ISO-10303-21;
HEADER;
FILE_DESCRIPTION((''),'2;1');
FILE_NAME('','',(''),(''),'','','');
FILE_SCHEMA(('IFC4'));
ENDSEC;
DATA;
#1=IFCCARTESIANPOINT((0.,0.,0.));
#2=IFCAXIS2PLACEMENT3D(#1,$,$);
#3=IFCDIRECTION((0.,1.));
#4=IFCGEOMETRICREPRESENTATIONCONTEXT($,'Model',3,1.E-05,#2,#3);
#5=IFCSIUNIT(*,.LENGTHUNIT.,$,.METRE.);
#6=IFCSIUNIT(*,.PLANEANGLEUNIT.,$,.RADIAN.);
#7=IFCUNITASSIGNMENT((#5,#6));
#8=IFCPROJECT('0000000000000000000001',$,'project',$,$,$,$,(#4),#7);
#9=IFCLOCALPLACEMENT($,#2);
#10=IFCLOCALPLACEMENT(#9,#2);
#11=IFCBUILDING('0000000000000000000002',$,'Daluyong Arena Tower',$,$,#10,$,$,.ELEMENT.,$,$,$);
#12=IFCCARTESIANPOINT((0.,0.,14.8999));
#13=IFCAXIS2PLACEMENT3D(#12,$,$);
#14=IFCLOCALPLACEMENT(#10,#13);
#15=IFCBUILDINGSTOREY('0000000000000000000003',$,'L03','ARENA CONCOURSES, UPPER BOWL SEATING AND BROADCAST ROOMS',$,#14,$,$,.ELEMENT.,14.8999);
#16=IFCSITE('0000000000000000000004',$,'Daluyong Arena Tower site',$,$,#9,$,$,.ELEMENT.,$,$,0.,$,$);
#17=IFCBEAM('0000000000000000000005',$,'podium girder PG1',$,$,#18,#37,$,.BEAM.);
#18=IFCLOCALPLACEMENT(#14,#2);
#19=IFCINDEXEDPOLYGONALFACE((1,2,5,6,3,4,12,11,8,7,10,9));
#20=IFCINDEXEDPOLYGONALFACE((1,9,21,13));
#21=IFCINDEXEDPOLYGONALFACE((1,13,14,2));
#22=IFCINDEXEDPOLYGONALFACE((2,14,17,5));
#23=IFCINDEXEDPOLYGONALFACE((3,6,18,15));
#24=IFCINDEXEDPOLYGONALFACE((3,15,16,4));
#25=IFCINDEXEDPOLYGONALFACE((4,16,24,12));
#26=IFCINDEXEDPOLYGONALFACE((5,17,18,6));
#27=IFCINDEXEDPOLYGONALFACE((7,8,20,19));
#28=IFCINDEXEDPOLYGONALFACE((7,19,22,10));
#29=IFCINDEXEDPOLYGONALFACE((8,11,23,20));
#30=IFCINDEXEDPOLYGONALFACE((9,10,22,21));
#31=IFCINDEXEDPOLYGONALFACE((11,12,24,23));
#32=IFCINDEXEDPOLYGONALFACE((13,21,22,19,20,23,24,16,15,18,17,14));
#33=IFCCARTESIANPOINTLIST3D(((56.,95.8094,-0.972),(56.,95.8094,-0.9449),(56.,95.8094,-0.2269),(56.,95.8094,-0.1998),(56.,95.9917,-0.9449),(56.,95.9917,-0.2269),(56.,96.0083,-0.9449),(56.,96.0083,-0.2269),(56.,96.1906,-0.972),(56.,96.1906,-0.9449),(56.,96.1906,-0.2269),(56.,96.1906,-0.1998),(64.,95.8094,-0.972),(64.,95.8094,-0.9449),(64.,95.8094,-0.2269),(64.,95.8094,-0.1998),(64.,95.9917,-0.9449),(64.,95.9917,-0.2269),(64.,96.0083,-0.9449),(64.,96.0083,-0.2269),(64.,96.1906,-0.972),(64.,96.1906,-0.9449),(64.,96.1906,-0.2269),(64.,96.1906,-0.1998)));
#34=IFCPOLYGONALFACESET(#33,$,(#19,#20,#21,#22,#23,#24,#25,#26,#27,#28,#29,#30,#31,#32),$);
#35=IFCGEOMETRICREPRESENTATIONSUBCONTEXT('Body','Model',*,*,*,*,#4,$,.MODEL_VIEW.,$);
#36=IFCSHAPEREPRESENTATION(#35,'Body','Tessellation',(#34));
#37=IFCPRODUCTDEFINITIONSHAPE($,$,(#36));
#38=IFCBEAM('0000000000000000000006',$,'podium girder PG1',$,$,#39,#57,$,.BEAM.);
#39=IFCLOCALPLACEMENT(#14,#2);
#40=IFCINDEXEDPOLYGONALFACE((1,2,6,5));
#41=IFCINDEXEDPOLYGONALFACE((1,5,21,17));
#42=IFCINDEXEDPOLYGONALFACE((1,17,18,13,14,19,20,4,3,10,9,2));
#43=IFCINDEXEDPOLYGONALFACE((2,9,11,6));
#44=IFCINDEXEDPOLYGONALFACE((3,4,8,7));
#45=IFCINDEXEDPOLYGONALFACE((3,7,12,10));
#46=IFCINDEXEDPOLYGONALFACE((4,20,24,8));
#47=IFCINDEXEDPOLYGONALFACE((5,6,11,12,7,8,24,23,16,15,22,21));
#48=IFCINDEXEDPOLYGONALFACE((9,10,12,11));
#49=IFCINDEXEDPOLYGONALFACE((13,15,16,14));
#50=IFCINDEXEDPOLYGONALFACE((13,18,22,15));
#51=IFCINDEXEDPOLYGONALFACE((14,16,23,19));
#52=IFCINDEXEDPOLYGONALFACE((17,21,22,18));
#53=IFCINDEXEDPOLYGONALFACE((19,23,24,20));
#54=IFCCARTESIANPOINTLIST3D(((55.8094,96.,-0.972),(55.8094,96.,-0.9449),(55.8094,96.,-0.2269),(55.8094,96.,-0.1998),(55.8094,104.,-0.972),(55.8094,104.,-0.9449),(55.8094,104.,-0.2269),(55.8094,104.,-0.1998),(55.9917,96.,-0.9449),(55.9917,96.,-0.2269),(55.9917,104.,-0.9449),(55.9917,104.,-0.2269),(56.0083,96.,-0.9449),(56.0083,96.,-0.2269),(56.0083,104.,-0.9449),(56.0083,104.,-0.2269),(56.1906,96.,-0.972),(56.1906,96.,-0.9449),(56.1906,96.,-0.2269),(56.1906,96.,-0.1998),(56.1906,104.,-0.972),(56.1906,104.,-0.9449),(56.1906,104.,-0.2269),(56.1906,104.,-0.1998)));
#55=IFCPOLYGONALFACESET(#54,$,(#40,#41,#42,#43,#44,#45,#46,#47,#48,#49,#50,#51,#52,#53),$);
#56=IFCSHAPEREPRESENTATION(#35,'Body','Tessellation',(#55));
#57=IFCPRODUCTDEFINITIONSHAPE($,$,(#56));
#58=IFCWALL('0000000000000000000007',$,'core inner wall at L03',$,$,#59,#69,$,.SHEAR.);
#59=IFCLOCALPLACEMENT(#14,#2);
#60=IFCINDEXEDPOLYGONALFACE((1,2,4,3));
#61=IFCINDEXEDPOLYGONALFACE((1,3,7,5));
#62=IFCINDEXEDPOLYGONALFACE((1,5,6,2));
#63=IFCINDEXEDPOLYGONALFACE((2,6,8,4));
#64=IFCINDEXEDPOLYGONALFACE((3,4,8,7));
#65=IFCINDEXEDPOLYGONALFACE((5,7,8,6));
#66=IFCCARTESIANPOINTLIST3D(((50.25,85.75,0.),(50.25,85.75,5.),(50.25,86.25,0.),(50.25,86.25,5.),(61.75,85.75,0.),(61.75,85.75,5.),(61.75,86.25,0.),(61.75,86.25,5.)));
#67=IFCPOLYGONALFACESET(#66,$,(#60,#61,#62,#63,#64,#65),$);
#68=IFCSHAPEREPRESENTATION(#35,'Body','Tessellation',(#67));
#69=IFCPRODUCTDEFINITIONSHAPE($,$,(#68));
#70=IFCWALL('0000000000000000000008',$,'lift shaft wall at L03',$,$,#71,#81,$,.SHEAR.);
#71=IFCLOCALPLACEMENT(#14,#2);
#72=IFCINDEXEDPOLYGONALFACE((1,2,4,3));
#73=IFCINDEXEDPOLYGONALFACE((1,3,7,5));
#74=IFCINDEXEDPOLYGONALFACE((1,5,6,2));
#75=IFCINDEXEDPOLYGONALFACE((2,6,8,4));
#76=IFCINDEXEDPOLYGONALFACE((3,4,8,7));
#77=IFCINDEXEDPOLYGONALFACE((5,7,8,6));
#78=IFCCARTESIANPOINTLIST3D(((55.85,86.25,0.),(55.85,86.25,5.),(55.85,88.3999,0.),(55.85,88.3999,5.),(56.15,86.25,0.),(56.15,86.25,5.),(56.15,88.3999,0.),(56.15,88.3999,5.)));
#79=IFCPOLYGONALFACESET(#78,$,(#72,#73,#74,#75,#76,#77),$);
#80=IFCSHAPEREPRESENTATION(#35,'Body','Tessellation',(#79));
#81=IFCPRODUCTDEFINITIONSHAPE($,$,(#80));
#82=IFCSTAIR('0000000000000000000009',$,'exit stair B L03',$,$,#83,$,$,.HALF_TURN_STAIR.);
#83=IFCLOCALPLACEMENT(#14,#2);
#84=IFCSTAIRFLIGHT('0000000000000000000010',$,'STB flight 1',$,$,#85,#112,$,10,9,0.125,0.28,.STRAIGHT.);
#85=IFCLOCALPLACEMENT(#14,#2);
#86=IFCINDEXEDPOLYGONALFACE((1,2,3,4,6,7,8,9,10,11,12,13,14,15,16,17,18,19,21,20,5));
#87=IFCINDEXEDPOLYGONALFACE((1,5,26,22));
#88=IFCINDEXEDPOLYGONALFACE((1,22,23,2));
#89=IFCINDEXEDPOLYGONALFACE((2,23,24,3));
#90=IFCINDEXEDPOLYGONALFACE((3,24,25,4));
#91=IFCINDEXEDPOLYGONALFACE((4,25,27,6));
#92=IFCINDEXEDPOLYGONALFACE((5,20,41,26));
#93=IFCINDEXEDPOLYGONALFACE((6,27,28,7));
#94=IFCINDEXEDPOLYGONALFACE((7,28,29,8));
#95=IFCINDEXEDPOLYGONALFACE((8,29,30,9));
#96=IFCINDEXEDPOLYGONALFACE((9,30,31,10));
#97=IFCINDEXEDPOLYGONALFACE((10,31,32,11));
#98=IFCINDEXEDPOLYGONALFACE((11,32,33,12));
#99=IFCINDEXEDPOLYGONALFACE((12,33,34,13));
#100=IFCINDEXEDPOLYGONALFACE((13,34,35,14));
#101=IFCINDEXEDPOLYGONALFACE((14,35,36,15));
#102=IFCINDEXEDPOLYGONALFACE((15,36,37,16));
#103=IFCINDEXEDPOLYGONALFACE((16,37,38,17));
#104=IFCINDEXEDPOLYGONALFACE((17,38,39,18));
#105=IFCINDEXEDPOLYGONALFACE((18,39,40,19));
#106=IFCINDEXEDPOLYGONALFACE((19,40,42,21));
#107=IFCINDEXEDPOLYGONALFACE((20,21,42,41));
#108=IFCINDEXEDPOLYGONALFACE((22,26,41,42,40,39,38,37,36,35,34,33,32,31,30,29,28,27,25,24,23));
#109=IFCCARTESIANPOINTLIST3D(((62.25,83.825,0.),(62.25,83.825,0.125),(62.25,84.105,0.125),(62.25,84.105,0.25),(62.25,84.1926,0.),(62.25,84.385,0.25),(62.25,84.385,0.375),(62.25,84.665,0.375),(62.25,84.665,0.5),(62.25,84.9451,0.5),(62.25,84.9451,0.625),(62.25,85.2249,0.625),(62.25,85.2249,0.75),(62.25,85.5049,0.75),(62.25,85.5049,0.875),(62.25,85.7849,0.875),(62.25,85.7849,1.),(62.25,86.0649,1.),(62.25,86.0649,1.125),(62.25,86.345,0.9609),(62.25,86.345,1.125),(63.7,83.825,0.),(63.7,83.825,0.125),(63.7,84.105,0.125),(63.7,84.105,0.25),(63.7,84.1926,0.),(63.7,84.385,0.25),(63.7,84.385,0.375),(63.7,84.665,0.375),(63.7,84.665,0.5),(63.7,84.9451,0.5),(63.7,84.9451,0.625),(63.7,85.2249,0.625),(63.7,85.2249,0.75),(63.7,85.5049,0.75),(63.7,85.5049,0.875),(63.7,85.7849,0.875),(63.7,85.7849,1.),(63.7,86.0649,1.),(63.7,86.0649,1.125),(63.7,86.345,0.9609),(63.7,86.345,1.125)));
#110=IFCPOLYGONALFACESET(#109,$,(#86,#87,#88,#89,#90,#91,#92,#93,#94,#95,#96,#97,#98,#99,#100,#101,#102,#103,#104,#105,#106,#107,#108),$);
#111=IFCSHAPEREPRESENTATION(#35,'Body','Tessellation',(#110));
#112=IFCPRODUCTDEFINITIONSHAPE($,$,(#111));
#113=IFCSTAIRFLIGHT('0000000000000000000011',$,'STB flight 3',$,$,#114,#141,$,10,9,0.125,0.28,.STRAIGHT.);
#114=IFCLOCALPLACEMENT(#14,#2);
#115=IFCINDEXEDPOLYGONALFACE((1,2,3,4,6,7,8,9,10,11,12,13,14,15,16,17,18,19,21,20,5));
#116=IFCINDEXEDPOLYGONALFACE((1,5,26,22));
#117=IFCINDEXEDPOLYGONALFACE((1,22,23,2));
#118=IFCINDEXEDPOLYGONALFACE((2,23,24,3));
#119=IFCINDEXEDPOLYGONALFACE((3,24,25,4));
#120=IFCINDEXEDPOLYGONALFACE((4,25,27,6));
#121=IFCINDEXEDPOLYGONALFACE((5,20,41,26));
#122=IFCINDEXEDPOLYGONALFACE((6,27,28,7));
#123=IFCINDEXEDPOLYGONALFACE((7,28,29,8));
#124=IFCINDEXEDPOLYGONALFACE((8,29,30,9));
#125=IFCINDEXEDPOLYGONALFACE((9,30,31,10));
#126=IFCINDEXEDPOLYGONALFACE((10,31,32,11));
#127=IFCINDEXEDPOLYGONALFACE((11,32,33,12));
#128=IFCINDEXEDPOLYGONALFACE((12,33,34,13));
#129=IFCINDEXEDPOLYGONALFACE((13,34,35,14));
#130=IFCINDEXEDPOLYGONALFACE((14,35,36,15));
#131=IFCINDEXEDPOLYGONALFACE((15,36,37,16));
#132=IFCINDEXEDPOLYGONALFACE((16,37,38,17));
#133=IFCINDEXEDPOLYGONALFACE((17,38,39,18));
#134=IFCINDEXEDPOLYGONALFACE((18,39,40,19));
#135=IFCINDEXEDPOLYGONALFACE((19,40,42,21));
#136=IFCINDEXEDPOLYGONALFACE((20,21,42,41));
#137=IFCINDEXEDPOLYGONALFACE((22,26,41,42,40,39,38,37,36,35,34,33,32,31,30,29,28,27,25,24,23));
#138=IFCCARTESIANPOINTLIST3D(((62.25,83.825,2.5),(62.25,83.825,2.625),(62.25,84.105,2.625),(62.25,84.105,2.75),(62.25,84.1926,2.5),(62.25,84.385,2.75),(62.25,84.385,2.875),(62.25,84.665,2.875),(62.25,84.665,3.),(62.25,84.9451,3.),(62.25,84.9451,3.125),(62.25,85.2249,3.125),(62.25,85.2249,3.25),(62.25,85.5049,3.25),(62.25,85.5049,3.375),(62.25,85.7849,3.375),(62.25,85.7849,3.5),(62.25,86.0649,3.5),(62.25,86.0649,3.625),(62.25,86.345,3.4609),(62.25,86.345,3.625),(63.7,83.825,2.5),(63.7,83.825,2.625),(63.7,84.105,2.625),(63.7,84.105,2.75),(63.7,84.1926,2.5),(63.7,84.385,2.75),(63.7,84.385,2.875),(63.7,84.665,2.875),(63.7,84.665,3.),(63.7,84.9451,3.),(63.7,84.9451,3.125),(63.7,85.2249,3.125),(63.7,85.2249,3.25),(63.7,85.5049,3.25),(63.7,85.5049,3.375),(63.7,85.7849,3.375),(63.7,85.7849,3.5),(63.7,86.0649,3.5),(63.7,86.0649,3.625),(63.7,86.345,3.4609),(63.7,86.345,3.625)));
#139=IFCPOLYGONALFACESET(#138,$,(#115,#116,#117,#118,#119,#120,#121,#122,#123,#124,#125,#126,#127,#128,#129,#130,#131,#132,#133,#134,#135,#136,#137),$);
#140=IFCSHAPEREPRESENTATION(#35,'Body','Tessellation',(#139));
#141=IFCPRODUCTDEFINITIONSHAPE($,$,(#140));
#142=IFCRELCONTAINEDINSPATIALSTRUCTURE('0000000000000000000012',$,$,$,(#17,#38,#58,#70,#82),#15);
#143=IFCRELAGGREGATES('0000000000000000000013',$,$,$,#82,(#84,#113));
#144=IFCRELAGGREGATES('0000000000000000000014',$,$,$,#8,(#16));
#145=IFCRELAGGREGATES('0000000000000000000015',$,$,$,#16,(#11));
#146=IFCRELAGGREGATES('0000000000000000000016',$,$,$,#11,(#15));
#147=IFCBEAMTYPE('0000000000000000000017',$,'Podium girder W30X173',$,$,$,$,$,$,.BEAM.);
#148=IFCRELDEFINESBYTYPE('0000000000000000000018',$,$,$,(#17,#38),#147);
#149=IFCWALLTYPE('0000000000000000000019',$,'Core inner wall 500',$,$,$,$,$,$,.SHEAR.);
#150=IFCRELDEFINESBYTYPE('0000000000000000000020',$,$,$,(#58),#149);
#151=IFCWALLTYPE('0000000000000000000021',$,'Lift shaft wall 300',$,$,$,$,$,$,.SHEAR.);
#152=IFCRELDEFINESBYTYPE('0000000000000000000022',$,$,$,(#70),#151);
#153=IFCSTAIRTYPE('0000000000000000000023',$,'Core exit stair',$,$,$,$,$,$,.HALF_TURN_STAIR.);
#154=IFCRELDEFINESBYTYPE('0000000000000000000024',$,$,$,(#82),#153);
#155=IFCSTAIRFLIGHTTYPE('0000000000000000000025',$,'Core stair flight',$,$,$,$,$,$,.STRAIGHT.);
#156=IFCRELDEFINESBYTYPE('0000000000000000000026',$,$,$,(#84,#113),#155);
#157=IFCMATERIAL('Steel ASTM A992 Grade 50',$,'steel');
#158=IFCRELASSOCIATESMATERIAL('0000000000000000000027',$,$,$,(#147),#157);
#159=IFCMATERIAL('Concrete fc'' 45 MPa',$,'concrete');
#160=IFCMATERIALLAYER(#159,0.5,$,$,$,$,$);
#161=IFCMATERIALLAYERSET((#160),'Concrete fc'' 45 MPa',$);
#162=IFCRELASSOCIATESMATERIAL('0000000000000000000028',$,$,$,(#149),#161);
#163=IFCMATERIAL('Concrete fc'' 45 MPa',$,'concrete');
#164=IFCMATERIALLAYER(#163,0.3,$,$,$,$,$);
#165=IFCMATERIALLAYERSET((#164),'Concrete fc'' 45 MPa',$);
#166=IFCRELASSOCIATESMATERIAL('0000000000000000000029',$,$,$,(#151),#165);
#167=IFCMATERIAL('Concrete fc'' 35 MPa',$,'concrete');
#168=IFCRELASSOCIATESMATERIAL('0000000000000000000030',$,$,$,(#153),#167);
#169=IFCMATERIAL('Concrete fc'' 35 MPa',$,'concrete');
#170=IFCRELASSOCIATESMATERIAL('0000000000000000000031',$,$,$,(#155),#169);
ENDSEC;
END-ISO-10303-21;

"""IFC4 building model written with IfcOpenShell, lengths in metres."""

from ifc_helpers import new_model, si_unit, direction, frame, frame_2d, origin, origin_2d, place, context, subcontext, project, spatial, polyline, rectangle, i_section, outline, extrude, material, layer, layer_set, material_profile, profile_set, type_object, element, aggregate, save


model = new_model("IFC4")

# Units and contexts
model_context = context("Model", 3, precision=1e-05, world=origin(), true_north=direction((0.0, 1.0)))
body_context = subcontext(model_context, "Body", "Model", "MODEL_VIEW")
ifc_project = project(units=[si_unit("LENGTHUNIT", "METRE"), si_unit("PLANEANGLEUNIT", "RADIAN")], contexts=[model_context])

# Site, building, storey
site_placement = place(None, origin())
site = spatial("IfcSite", under=ifc_project, at=site_placement, Name="Daluyong Arena Tower site", CompositionType="ELEMENT", RefElevation=0.0)
building_placement = place(site_placement, origin())
building = spatial("IfcBuilding", under=site, at=building_placement, Name="Daluyong Arena Tower", CompositionType="ELEMENT")
storey_placement = place(building_placement, frame((0.0, 0.0, 14.8999)))
storey = spatial("IfcBuildingStorey", under=building, at=storey_placement, Name="L03", Description="ARENA CONCOURSES, UPPER BOWL SEATING AND BROADCAST ROOMS", CompositionType="ELEMENT", Elevation=14.8999)

# Beams
ifc_material_1 = material(Name="Steel ASTM A992 Grade 50", Category="steel")
ifc_material_profile_1 = material_profile(ifc_material_1, i_section(OverallWidth=0.3811, OverallDepth=0.7722, WebThickness=0.0166, FlangeThickness=0.0271, at=origin_2d()))
ifc_profile_set_1 = profile_set([ifc_material_profile_1], Name="Steel ASTM A992 Grade 50")
beam_type_1 = type_object("IfcBeamType", Name="Podium girder W30X173", PredefinedType="BEAM", material=ifc_profile_set_1)
for number, where, z_axis, x_axis, name in (
    (1, (56.0, 96.0, -0.5859), (1.0, 0.0, 0.0), (0.0, 1.0, 0.0), "podium girder PG1"),
    (2, (56.0, 96.0, -0.5859), (0.0, 1.0, 0.0), (-1.0, 0.0, 0.0), "podium girder PG1"),
):
    element("IfcBeam", number, at=place(storey_placement, frame(where, z_axis=z_axis, x_axis=x_axis)), inside=storey, type_object=beam_type_1, Name=name, PredefinedType="BEAM", context=body_context, shape_type="SweptSolid", body=[
        extrude(i_section(OverallWidth=0.3811, OverallDepth=0.7722, WebThickness=0.0166, FlangeThickness=0.0271, at=origin_2d()), origin(), (0.0, 0.0, 1.0), 8.0),
    ])

# Walls
ifc_material_2 = material(Name="Concrete fc' 45 MPa", Category="concrete")
ifc_layer_1 = layer(ifc_material_2, 0.5)
ifc_layer_set_1 = layer_set([ifc_layer_1], Name="Concrete fc' 45 MPa")
wall_type_1 = type_object("IfcWallType", Name="Core inner wall 500", PredefinedType="SHEAR", material=ifc_layer_set_1)
wall_1_placement = place(storey_placement, frame((50.25, 86.0, 0.0), z_axis=(0.0, 0.0, 1.0), x_axis=(1.0, 0.0, 0.0)))
element("IfcWall", 3, at=wall_1_placement, inside=storey, type_object=wall_type_1, Name="core inner wall at L03", PredefinedType="SHEAR", context=body_context, shape_type="SweptSolid", body=[
    extrude(rectangle(XDim=11.5, YDim=0.5, at=frame_2d((5.75, 0.0))), origin(), (0.0, 0.0, 1.0), 5.0),
])
ifc_material_3 = material(Name="Concrete fc' 45 MPa", Category="concrete")
ifc_layer_2 = layer(ifc_material_3, 0.3)
ifc_layer_set_2 = layer_set([ifc_layer_2], Name="Concrete fc' 45 MPa")
wall_type_2 = type_object("IfcWallType", Name="Lift shaft wall 300", PredefinedType="SHEAR", material=ifc_layer_set_2)
wall_2_placement = place(storey_placement, frame((56.0, 86.25, 0.0), z_axis=(0.0, 0.0, 1.0), x_axis=(0.0, 1.0, 0.0)))
element("IfcWall", 4, at=wall_2_placement, inside=storey, type_object=wall_type_2, Name="lift shaft wall at L03", PredefinedType="SHEAR", context=body_context, shape_type="SweptSolid", body=[
    extrude(rectangle(XDim=2.1499, YDim=0.3, at=frame_2d((1.075, 0.0))), origin(), (0.0, 0.0, 1.0), 5.0),
])

# Stair, stair flights
ifc_material_4 = material(Name="Concrete fc' 35 MPa", Category="concrete")
stair_type = type_object("IfcStairType", Name="Core exit stair", PredefinedType="HALF_TURN_STAIR", material=ifc_material_4)
stair_placement = place(storey_placement, origin())
stair = element("IfcStair", 5, at=stair_placement, inside=storey, type_object=stair_type, Name="exit stair B L03", PredefinedType="HALF_TURN_STAIR")
ifc_material_5 = material(Name="Concrete fc' 35 MPa", Category="concrete")
stair_flight_type = type_object("IfcStairFlightType", Name="Core stair flight", PredefinedType="STRAIGHT", material=ifc_material_5)
stair_flight_1_placement = place(storey_placement, frame((62.9751, 83.825, 0.0), z_axis=(0.0, 0.0, 1.0), x_axis=(0.0, 1.0, 0.0)))
stair_flight_1 = element("IfcStairFlight", 6, at=stair_flight_1_placement, type_object=stair_flight_type, Name="STB flight 1", NumberOfRisers=10, NumberOfTreads=9, PredefinedType="STRAIGHT", RiserHeight=0.125, TreadLength=0.28, context=body_context, shape_type="SweptSolid", body=[
    extrude(outline(polyline([(0.0, 0.0), (0.0, 0.125), (0.28, 0.125), (0.28, 0.25), (0.5601, 0.25), (0.5601, 0.375), (0.8401, 0.375), (0.8401, 0.5), (1.1201, 0.5), (1.1201, 0.625), (1.3999, 0.625), (1.3999, 0.75), (1.6799, 0.75), (1.6799, 0.875), (1.96, 0.875), (1.96, 1.0), (2.24, 1.0), (2.24, 1.125), (2.52, 1.125), (2.52, 1.25), (2.52, 0.9609), (0.3677, 0.0), (0.0, 0.0)])), frame((0.0, 0.7251, 0.0), z_axis=(0.0, -1.0, 0.0), x_axis=(1.0, 0.0, 0.0)), (0.0, 0.0, 1.0), 1.45),
])
stair_flight_2_placement = place(storey_placement, frame((62.9751, 83.825, 2.5), z_axis=(0.0, 0.0, 1.0), x_axis=(0.0, 1.0, 0.0)))
stair_flight_2 = element("IfcStairFlight", 7, at=stair_flight_2_placement, type_object=stair_flight_type, Name="STB flight 3", NumberOfRisers=10, NumberOfTreads=9, PredefinedType="STRAIGHT", RiserHeight=0.125, TreadLength=0.28, context=body_context, shape_type="SweptSolid", body=[
    extrude(outline(polyline([(0.0, 0.0), (0.0, 0.125), (0.28, 0.125), (0.28, 0.25), (0.5601, 0.25), (0.5601, 0.375), (0.8401, 0.375), (0.8401, 0.5), (1.1201, 0.5), (1.1201, 0.625), (1.3999, 0.625), (1.3999, 0.75), (1.6799, 0.75), (1.6799, 0.875), (1.96, 0.875), (1.96, 1.0), (2.24, 1.0), (2.24, 1.125), (2.52, 1.125), (2.52, 1.25), (2.52, 0.9609), (0.3677, 0.0), (0.0, 0.0)])), frame((0.0, 0.7251, 0.0), z_axis=(0.0, -1.0, 0.0), x_axis=(1.0, 0.0, 0.0)), (0.0, 0.0, 1.0), 1.45),
])
aggregate(stair, [stair_flight_1, stair_flight_2])

save(model, "model.ifc")
